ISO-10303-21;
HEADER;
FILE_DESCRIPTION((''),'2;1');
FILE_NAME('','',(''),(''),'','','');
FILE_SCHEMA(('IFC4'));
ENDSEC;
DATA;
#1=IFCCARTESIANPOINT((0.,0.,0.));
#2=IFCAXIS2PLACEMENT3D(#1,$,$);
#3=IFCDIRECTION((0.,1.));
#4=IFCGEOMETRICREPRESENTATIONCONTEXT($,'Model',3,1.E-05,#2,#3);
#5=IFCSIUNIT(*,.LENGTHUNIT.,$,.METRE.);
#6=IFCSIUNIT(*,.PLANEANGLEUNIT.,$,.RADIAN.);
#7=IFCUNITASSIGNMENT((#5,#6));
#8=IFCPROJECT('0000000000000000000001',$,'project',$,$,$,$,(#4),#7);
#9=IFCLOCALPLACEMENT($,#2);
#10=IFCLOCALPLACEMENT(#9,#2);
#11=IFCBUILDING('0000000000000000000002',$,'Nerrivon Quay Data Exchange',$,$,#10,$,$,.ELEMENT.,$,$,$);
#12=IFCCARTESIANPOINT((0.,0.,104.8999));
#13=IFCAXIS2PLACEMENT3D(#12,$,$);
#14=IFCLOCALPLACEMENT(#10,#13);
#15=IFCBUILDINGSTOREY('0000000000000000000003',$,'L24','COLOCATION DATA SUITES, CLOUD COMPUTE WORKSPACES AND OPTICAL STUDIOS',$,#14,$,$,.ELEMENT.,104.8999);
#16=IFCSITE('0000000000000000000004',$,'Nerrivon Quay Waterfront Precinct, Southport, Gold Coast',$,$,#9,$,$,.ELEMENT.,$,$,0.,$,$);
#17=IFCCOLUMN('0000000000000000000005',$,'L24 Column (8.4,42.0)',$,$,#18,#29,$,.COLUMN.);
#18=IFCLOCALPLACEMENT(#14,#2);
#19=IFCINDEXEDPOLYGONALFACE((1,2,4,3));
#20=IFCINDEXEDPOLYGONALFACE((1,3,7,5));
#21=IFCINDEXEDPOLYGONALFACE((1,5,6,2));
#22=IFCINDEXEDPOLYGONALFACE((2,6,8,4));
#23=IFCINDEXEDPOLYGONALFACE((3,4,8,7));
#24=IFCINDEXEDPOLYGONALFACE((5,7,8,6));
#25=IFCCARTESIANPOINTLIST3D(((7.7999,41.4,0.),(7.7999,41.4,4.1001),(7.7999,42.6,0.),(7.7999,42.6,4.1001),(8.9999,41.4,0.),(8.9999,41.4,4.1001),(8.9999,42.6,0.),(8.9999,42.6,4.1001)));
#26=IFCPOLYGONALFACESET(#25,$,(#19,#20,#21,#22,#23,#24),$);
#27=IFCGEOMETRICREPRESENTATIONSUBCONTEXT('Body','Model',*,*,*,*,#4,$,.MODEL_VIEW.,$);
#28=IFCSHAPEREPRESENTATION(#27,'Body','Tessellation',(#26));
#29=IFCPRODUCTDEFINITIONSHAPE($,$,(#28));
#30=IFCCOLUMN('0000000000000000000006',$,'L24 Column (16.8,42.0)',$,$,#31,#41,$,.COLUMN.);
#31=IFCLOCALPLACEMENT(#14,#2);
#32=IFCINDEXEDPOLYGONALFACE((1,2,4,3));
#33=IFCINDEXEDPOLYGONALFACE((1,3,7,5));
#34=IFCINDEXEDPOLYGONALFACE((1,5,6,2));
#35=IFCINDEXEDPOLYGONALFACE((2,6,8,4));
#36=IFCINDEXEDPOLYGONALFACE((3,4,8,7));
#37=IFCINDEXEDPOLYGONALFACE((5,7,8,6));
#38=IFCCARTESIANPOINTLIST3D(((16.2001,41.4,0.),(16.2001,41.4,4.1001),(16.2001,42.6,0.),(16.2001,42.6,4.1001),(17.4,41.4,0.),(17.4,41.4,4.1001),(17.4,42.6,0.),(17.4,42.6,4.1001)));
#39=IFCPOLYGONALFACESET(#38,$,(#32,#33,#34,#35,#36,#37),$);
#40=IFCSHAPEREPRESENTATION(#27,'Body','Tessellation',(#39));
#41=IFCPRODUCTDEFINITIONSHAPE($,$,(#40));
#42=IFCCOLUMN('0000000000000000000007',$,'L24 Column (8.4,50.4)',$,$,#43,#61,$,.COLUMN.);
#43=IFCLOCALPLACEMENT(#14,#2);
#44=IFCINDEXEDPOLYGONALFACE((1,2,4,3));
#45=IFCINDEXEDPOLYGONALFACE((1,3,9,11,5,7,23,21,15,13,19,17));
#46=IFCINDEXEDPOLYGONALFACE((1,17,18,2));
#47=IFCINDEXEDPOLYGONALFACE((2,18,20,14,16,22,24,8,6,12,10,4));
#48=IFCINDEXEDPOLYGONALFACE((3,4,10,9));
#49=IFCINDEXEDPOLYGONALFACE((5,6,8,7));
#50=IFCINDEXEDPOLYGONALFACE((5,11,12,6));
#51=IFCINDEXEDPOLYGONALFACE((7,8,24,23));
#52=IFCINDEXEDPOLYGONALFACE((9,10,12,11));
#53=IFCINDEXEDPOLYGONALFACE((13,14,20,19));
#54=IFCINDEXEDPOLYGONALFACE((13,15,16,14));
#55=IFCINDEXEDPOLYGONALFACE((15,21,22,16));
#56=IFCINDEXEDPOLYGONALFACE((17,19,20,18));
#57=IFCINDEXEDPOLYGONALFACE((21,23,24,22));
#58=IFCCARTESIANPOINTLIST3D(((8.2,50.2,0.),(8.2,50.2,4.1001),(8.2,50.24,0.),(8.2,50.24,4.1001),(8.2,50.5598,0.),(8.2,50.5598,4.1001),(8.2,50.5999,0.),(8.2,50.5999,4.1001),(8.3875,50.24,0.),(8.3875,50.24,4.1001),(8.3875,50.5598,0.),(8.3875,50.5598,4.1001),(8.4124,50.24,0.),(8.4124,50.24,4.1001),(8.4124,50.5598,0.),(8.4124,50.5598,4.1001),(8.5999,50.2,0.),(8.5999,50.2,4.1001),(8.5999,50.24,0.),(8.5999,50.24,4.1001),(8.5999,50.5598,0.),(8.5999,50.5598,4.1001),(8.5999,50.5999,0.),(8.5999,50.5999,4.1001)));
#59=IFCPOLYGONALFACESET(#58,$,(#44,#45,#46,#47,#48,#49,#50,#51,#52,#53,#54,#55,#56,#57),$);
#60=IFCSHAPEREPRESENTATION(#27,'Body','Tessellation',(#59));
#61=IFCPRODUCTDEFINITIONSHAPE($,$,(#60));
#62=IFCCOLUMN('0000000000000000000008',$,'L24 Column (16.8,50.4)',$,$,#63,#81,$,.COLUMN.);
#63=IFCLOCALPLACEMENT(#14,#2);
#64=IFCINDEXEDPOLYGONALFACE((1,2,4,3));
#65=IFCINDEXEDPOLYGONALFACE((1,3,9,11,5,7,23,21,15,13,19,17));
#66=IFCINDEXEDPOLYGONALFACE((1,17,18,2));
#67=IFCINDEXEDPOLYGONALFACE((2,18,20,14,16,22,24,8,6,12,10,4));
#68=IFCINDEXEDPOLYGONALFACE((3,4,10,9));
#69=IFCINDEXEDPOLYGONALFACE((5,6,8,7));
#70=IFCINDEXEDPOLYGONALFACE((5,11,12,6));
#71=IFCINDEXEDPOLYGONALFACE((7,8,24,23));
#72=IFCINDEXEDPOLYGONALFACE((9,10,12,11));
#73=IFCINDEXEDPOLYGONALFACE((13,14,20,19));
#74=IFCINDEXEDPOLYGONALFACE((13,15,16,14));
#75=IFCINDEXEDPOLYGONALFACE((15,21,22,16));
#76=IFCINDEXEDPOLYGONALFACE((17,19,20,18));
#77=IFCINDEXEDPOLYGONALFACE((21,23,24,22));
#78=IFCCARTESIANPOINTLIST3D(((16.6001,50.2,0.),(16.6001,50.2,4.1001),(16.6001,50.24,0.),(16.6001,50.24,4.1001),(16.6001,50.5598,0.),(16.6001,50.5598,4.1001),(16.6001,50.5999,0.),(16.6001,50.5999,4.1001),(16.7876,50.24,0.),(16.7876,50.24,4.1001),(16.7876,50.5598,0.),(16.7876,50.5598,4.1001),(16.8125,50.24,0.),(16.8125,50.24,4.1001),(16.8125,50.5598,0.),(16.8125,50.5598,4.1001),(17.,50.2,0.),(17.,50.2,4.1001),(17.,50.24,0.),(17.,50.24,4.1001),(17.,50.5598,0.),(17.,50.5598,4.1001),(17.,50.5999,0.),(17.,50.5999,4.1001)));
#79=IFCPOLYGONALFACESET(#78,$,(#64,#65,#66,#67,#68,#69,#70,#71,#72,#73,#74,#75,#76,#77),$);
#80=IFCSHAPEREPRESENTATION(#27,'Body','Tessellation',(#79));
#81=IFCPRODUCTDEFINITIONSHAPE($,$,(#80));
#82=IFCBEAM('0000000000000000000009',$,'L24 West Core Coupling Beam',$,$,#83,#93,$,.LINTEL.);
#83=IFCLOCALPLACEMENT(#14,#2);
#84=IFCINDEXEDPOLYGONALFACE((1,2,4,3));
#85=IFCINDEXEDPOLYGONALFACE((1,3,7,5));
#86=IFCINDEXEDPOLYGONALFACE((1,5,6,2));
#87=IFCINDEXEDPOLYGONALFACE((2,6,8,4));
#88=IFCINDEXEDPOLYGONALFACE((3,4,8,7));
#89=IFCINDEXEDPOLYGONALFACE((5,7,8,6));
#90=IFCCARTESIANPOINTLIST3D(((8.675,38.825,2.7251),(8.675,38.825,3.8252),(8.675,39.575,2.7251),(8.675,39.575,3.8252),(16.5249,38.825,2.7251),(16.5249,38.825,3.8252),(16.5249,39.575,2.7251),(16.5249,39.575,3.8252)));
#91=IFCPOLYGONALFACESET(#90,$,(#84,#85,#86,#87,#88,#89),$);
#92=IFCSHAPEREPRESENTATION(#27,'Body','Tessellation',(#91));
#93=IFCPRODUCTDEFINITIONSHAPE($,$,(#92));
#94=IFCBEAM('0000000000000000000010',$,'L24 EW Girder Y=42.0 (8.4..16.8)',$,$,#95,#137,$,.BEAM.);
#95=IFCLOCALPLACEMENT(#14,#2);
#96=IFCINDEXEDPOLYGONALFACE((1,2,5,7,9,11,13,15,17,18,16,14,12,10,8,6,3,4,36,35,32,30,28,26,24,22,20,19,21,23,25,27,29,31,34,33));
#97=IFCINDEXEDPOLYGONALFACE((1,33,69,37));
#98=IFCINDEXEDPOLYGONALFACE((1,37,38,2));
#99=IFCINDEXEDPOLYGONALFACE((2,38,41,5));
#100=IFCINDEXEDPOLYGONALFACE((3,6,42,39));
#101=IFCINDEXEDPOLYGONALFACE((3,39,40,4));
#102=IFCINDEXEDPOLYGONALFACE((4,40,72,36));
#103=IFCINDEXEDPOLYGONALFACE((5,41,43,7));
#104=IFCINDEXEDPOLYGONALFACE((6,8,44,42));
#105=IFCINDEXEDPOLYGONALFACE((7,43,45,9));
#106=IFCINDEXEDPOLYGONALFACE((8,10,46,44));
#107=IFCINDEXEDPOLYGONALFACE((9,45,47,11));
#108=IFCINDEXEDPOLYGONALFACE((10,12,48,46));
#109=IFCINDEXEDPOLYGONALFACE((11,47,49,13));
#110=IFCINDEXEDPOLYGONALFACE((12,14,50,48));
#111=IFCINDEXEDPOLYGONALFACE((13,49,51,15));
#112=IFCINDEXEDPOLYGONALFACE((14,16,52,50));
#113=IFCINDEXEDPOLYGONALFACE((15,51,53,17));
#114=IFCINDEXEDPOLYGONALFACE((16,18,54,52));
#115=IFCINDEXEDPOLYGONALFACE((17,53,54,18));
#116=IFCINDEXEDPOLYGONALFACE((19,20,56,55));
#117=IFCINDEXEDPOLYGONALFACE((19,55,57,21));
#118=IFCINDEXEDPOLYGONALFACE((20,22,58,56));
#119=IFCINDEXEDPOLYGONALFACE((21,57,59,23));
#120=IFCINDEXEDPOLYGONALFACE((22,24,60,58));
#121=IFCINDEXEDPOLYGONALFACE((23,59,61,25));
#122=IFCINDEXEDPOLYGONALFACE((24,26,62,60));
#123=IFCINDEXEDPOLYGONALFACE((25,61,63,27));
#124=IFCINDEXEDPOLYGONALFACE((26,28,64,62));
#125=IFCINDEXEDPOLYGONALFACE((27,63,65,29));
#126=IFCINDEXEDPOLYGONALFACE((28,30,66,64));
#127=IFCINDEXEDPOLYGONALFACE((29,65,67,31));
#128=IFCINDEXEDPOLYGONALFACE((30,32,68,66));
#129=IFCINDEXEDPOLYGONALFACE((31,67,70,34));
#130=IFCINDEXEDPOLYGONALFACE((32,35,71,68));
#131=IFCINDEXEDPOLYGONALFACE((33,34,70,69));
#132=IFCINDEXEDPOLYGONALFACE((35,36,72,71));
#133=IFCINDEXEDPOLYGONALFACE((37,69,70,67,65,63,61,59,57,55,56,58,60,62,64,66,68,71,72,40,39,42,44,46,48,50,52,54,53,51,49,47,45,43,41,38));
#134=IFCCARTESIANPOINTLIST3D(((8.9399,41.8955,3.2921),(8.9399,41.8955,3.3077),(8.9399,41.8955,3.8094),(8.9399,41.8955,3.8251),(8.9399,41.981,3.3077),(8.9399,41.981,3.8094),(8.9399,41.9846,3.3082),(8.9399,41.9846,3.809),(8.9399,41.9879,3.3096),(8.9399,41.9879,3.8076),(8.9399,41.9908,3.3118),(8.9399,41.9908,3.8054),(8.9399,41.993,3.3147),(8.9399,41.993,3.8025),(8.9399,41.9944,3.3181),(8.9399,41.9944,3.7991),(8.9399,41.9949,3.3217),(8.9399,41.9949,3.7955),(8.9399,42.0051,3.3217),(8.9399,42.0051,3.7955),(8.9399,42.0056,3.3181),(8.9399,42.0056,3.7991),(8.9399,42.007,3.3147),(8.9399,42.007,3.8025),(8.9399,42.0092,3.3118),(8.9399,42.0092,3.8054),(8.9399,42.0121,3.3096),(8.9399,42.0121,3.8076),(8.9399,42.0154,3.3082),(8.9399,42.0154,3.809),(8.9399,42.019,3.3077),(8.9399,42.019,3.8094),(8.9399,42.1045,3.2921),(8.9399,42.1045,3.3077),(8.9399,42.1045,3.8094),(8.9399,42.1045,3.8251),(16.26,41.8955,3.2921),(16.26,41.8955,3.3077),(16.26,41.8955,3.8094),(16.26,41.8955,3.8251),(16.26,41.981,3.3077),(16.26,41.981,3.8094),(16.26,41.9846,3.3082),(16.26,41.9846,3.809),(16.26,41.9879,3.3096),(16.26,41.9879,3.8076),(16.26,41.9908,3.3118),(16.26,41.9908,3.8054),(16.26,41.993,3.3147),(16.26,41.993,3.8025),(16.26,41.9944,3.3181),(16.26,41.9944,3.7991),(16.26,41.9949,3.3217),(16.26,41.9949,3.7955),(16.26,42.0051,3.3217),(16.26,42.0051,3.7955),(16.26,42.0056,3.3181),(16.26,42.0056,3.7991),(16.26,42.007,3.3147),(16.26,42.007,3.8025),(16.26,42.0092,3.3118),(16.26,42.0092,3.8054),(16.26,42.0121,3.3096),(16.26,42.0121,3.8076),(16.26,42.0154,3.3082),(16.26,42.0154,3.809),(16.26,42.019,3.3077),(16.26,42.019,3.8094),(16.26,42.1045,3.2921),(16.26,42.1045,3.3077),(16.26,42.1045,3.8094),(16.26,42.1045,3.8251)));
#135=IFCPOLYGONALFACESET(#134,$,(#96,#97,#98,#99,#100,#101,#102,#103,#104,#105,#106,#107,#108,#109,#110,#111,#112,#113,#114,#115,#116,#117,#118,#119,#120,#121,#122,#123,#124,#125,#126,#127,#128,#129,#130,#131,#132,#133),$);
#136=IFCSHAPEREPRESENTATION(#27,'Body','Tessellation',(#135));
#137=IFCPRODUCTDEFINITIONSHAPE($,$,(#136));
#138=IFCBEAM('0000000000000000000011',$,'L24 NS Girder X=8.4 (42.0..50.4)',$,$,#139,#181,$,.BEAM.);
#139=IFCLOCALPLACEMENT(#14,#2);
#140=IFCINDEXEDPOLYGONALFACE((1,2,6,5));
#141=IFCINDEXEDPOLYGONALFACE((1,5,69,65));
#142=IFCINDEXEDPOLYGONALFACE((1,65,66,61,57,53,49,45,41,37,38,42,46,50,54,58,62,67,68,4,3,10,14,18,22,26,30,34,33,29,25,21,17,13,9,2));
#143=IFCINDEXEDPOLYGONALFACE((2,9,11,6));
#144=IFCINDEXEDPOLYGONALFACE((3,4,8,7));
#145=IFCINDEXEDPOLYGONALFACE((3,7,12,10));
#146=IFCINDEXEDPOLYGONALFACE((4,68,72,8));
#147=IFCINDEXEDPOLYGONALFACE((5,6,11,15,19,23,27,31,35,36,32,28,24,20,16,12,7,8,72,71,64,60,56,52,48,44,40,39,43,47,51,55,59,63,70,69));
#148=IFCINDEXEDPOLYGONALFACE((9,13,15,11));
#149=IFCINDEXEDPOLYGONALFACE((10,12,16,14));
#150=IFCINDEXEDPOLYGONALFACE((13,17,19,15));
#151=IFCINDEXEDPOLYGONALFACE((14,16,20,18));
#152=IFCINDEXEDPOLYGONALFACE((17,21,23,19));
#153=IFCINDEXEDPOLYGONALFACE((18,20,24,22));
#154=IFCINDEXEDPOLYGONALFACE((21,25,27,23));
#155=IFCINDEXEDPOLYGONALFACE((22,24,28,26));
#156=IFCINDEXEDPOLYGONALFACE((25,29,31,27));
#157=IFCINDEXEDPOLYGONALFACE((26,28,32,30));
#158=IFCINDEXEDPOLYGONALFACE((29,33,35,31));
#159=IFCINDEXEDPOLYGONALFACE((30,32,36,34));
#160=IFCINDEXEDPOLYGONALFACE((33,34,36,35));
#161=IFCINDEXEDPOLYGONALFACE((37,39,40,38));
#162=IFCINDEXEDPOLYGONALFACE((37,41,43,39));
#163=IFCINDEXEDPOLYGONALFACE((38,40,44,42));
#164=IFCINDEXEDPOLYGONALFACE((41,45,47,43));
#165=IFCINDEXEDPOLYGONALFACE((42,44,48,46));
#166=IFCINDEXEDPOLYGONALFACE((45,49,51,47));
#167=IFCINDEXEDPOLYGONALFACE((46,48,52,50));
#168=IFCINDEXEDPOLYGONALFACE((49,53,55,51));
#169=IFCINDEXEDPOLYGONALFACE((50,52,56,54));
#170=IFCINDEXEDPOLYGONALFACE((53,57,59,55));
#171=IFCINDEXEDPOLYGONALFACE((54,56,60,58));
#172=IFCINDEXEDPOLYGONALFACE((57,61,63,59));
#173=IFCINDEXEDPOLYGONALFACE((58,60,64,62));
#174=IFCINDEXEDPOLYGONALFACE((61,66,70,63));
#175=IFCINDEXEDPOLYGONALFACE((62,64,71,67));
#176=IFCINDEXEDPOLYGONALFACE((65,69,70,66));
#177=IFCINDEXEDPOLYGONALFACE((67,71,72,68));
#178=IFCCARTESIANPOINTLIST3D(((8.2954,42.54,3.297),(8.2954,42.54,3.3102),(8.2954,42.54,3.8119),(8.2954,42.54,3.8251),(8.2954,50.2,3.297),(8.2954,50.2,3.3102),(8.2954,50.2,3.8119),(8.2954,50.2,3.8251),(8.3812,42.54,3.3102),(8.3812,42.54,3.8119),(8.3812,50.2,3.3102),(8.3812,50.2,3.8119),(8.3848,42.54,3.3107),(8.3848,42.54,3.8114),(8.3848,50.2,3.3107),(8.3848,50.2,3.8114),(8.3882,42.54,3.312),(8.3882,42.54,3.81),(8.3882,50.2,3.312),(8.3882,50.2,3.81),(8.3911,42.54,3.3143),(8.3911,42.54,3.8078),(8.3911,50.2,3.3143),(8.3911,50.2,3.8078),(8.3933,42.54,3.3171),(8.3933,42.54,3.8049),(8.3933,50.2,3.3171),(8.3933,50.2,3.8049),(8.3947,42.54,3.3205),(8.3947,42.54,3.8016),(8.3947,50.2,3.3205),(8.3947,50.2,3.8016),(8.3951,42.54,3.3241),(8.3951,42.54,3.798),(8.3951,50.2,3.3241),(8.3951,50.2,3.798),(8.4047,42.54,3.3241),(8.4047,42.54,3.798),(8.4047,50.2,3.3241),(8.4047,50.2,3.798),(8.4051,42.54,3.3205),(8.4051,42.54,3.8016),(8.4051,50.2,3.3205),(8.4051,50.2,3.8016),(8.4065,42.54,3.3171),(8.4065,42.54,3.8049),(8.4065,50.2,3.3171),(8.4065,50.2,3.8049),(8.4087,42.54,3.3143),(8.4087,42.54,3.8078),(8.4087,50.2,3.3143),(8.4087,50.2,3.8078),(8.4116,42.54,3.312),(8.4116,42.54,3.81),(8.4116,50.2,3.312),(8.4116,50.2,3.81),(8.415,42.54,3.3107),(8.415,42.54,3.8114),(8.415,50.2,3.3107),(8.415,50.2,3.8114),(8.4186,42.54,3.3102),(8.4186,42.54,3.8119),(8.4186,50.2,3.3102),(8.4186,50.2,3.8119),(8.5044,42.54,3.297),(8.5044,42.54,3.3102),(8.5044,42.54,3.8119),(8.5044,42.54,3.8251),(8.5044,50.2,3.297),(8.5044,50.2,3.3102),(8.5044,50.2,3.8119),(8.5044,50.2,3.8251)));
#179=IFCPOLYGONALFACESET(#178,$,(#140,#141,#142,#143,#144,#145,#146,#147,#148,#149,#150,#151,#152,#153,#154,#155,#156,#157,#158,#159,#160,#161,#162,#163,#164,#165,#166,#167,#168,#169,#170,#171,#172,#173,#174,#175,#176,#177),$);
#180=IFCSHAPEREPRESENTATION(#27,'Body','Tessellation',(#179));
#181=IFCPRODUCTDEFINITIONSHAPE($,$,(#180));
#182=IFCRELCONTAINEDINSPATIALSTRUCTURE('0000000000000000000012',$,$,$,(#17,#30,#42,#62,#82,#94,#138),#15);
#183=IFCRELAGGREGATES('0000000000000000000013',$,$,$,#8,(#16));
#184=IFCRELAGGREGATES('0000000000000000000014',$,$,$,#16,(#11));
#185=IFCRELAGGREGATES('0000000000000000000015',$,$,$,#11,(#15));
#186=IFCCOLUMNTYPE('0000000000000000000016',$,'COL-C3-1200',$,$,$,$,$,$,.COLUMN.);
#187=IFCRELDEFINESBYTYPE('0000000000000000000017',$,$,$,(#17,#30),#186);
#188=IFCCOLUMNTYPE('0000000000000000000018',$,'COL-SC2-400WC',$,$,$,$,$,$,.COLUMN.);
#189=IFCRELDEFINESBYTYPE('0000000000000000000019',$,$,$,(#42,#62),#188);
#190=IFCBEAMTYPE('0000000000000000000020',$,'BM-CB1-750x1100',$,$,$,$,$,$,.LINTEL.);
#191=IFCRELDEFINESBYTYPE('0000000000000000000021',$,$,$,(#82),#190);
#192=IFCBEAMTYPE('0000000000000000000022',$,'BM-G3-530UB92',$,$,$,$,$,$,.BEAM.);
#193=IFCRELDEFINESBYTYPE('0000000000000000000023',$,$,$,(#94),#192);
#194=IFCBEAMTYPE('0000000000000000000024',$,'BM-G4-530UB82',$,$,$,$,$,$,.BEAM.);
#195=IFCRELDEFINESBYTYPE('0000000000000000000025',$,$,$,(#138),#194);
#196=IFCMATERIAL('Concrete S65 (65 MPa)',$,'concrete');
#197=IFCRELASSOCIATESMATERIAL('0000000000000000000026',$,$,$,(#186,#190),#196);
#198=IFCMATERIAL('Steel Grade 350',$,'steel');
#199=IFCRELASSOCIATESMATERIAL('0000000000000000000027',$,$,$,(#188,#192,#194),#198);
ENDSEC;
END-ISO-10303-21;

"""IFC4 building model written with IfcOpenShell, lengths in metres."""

from ifc_helpers import new_model, si_unit, direction, frame, origin, origin_2d, place, context, subcontext, project, spatial, rectangle, i_section, extrude, material, material_profile, profile_set, type_object, element, save


model = new_model("IFC4")

# Units and contexts
model_context = context("Model", 3, precision=1e-05, world=origin(), true_north=direction((0.0, 1.0)))
body_context = subcontext(model_context, "Body", "Model", "MODEL_VIEW")
ifc_project = project(units=[si_unit("LENGTHUNIT", "METRE"), si_unit("PLANEANGLEUNIT", "RADIAN")], contexts=[model_context])

# Site, building, storey
site_placement = place(None, origin())
site = spatial("IfcSite", under=ifc_project, at=site_placement, Name="Nerrivon Quay Waterfront Precinct, Southport, Gold Coast", CompositionType="ELEMENT", RefElevation=0.0)
building_placement = place(site_placement, origin())
building = spatial("IfcBuilding", under=site, at=building_placement, Name="Nerrivon Quay Data Exchange", CompositionType="ELEMENT")
storey_placement = place(building_placement, frame((0.0, 0.0, 104.8999)))
storey = spatial("IfcBuildingStorey", under=building, at=storey_placement, Name="L24", Description="COLOCATION DATA SUITES, CLOUD COMPUTE WORKSPACES AND OPTICAL STUDIOS", CompositionType="ELEMENT", Elevation=104.8999)

# Columns
ifc_material_1 = material(Name="Concrete S65 (65 MPa)", Category="concrete")
ifc_material_profile_1 = material_profile(ifc_material_1, rectangle(XDim=1.2, YDim=1.2, at=origin_2d()), Name="RC-COL-1200x1200")
ifc_profile_set_1 = profile_set([ifc_material_profile_1], Name="Concrete S65 (65 MPa)")
column_type_1 = type_object("IfcColumnType", Name="COL-C3-1200", PredefinedType="COLUMN", material=ifc_profile_set_1)
for number, where, z_axis, x_axis, name in (
    (1, (8.3999, 42.0, 0.0), (0.0, 0.0, 1.0), (1.0, 0.0, 0.0), "L24 Column (8.4,42.0)"),
    (2, (16.8, 42.0, 0.0), (0.0, 0.0, 1.0), (1.0, 0.0, 0.0), "L24 Column (16.8,42.0)"),
):
    element("IfcColumn", number, at=place(storey_placement, frame(where, z_axis=z_axis, x_axis=x_axis)), inside=storey, type_object=column_type_1, Name=name, PredefinedType="COLUMN", context=body_context, shape_type="SweptSolid", body=[
        extrude(rectangle(XDim=1.2, YDim=1.2, at=origin_2d()), origin(), (0.0, 0.0, 1.0), 4.1001),
    ])
ifc_material_2 = material(Name="Steel Grade 350", Category="steel")
ifc_material_profile_2 = material_profile(ifc_material_2, i_section(OverallWidth=0.3999, OverallDepth=0.3999, WebThickness=0.0249, FlangeThickness=0.04, at=origin_2d()), Name="400WC328")
ifc_profile_set_2 = profile_set([ifc_material_profile_2], Name="Steel Grade 350")
column_type_2 = type_object("IfcColumnType", Name="COL-SC2-400WC", PredefinedType="COLUMN", material=ifc_profile_set_2)
for number, where, z_axis, x_axis, name in (
    (3, (8.3999, 50.3999, 0.0), (0.0, 0.0, 1.0), (1.0, 0.0, 0.0), "L24 Column (8.4,50.4)"),
    (4, (16.8, 50.3999, 0.0), (0.0, 0.0, 1.0), (1.0, 0.0, 0.0), "L24 Column (16.8,50.4)"),
):
    element("IfcColumn", number, at=place(storey_placement, frame(where, z_axis=z_axis, x_axis=x_axis)), inside=storey, type_object=column_type_2, Name=name, PredefinedType="COLUMN", context=body_context, shape_type="SweptSolid", body=[
        extrude(i_section(OverallWidth=0.3999, OverallDepth=0.3999, WebThickness=0.0249, FlangeThickness=0.04, at=origin_2d()), origin(), (0.0, 0.0, 1.0), 4.1001),
    ])

# Beams
ifc_material_profile_3 = material_profile(ifc_material_1, rectangle(XDim=0.75, YDim=1.1001, at=origin_2d()), Name="RC-CB-750x1100")
ifc_profile_set_3 = profile_set([ifc_material_profile_3], Name="Concrete S65 (65 MPa)")
beam_type_1 = type_object("IfcBeamType", Name="BM-CB1-750x1100", PredefinedType="LINTEL", material=ifc_profile_set_3)
beam_1_placement = place(storey_placement, frame((8.675, 39.2, 3.2751), z_axis=(1.0, 0.0, 0.0), x_axis=(0.0, 1.0, 0.0)))
element("IfcBeam", 5, at=beam_1_placement, inside=storey, type_object=beam_type_1, Name="L24 West Core Coupling Beam", PredefinedType="LINTEL", context=body_context, shape_type="SweptSolid", body=[
    extrude(rectangle(XDim=0.75, YDim=1.1001, at=origin_2d()), origin(), (0.0, 0.0, 1.0), 7.8499),
])
ifc_material_profile_4 = material_profile(ifc_material_2, i_section(OverallWidth=0.209, OverallDepth=0.533, WebThickness=0.0103, FlangeThickness=0.0156, FilletRadius=0.0139, at=origin_2d()), Name="530UB92.4")
ifc_profile_set_4 = profile_set([ifc_material_profile_4], Name="Steel Grade 350")
beam_type_2 = type_object("IfcBeamType", Name="BM-G3-530UB92", PredefinedType="BEAM", material=ifc_profile_set_4)
beam_2_placement = place(storey_placement, frame((8.9399, 42.0, 3.5586), z_axis=(1.0, 0.0, 0.0), x_axis=(0.0, 1.0, 0.0)))
element("IfcBeam", 6, at=beam_2_placement, inside=storey, type_object=beam_type_2, Name="L24 EW Girder Y=42.0 (8.4..16.8)", PredefinedType="BEAM", context=body_context, shape_type="SweptSolid", body=[
    extrude(i_section(OverallWidth=0.209, OverallDepth=0.533, WebThickness=0.0103, FlangeThickness=0.0156, FilletRadius=0.0139, at=origin_2d()), origin(), (0.0, 0.0, 1.0), 7.3201),
])
ifc_material_profile_5 = material_profile(ifc_material_2, i_section(OverallWidth=0.209, OverallDepth=0.5281, WebThickness=0.0095, FlangeThickness=0.0132, FilletRadius=0.0139, at=origin_2d()), Name="530UB82.0")
ifc_profile_set_5 = profile_set([ifc_material_profile_5], Name="Steel Grade 350")
beam_type_3 = type_object("IfcBeamType", Name="BM-G4-530UB82", PredefinedType="BEAM", material=ifc_profile_set_5)
for number, where, z_axis, x_axis, name in (
    (7, (8.3999, 42.54, 3.561), (0.0, 1.0, 0.0), (-1.0, 0.0, 0.0), "L24 NS Girder X=8.4 (42.0..50.4)"),
):
    element("IfcBeam", number, at=place(storey_placement, frame(where, z_axis=z_axis, x_axis=x_axis)), inside=storey, type_object=beam_type_3, Name=name, PredefinedType="BEAM", context=body_context, shape_type="SweptSolid", body=[
        extrude(i_section(OverallWidth=0.209, OverallDepth=0.5281, WebThickness=0.0095, FlangeThickness=0.0132, FilletRadius=0.0139, at=origin_2d()), origin(), (0.0, 0.0, 1.0), 7.6599),
    ])

save(model, "model.ifc")
